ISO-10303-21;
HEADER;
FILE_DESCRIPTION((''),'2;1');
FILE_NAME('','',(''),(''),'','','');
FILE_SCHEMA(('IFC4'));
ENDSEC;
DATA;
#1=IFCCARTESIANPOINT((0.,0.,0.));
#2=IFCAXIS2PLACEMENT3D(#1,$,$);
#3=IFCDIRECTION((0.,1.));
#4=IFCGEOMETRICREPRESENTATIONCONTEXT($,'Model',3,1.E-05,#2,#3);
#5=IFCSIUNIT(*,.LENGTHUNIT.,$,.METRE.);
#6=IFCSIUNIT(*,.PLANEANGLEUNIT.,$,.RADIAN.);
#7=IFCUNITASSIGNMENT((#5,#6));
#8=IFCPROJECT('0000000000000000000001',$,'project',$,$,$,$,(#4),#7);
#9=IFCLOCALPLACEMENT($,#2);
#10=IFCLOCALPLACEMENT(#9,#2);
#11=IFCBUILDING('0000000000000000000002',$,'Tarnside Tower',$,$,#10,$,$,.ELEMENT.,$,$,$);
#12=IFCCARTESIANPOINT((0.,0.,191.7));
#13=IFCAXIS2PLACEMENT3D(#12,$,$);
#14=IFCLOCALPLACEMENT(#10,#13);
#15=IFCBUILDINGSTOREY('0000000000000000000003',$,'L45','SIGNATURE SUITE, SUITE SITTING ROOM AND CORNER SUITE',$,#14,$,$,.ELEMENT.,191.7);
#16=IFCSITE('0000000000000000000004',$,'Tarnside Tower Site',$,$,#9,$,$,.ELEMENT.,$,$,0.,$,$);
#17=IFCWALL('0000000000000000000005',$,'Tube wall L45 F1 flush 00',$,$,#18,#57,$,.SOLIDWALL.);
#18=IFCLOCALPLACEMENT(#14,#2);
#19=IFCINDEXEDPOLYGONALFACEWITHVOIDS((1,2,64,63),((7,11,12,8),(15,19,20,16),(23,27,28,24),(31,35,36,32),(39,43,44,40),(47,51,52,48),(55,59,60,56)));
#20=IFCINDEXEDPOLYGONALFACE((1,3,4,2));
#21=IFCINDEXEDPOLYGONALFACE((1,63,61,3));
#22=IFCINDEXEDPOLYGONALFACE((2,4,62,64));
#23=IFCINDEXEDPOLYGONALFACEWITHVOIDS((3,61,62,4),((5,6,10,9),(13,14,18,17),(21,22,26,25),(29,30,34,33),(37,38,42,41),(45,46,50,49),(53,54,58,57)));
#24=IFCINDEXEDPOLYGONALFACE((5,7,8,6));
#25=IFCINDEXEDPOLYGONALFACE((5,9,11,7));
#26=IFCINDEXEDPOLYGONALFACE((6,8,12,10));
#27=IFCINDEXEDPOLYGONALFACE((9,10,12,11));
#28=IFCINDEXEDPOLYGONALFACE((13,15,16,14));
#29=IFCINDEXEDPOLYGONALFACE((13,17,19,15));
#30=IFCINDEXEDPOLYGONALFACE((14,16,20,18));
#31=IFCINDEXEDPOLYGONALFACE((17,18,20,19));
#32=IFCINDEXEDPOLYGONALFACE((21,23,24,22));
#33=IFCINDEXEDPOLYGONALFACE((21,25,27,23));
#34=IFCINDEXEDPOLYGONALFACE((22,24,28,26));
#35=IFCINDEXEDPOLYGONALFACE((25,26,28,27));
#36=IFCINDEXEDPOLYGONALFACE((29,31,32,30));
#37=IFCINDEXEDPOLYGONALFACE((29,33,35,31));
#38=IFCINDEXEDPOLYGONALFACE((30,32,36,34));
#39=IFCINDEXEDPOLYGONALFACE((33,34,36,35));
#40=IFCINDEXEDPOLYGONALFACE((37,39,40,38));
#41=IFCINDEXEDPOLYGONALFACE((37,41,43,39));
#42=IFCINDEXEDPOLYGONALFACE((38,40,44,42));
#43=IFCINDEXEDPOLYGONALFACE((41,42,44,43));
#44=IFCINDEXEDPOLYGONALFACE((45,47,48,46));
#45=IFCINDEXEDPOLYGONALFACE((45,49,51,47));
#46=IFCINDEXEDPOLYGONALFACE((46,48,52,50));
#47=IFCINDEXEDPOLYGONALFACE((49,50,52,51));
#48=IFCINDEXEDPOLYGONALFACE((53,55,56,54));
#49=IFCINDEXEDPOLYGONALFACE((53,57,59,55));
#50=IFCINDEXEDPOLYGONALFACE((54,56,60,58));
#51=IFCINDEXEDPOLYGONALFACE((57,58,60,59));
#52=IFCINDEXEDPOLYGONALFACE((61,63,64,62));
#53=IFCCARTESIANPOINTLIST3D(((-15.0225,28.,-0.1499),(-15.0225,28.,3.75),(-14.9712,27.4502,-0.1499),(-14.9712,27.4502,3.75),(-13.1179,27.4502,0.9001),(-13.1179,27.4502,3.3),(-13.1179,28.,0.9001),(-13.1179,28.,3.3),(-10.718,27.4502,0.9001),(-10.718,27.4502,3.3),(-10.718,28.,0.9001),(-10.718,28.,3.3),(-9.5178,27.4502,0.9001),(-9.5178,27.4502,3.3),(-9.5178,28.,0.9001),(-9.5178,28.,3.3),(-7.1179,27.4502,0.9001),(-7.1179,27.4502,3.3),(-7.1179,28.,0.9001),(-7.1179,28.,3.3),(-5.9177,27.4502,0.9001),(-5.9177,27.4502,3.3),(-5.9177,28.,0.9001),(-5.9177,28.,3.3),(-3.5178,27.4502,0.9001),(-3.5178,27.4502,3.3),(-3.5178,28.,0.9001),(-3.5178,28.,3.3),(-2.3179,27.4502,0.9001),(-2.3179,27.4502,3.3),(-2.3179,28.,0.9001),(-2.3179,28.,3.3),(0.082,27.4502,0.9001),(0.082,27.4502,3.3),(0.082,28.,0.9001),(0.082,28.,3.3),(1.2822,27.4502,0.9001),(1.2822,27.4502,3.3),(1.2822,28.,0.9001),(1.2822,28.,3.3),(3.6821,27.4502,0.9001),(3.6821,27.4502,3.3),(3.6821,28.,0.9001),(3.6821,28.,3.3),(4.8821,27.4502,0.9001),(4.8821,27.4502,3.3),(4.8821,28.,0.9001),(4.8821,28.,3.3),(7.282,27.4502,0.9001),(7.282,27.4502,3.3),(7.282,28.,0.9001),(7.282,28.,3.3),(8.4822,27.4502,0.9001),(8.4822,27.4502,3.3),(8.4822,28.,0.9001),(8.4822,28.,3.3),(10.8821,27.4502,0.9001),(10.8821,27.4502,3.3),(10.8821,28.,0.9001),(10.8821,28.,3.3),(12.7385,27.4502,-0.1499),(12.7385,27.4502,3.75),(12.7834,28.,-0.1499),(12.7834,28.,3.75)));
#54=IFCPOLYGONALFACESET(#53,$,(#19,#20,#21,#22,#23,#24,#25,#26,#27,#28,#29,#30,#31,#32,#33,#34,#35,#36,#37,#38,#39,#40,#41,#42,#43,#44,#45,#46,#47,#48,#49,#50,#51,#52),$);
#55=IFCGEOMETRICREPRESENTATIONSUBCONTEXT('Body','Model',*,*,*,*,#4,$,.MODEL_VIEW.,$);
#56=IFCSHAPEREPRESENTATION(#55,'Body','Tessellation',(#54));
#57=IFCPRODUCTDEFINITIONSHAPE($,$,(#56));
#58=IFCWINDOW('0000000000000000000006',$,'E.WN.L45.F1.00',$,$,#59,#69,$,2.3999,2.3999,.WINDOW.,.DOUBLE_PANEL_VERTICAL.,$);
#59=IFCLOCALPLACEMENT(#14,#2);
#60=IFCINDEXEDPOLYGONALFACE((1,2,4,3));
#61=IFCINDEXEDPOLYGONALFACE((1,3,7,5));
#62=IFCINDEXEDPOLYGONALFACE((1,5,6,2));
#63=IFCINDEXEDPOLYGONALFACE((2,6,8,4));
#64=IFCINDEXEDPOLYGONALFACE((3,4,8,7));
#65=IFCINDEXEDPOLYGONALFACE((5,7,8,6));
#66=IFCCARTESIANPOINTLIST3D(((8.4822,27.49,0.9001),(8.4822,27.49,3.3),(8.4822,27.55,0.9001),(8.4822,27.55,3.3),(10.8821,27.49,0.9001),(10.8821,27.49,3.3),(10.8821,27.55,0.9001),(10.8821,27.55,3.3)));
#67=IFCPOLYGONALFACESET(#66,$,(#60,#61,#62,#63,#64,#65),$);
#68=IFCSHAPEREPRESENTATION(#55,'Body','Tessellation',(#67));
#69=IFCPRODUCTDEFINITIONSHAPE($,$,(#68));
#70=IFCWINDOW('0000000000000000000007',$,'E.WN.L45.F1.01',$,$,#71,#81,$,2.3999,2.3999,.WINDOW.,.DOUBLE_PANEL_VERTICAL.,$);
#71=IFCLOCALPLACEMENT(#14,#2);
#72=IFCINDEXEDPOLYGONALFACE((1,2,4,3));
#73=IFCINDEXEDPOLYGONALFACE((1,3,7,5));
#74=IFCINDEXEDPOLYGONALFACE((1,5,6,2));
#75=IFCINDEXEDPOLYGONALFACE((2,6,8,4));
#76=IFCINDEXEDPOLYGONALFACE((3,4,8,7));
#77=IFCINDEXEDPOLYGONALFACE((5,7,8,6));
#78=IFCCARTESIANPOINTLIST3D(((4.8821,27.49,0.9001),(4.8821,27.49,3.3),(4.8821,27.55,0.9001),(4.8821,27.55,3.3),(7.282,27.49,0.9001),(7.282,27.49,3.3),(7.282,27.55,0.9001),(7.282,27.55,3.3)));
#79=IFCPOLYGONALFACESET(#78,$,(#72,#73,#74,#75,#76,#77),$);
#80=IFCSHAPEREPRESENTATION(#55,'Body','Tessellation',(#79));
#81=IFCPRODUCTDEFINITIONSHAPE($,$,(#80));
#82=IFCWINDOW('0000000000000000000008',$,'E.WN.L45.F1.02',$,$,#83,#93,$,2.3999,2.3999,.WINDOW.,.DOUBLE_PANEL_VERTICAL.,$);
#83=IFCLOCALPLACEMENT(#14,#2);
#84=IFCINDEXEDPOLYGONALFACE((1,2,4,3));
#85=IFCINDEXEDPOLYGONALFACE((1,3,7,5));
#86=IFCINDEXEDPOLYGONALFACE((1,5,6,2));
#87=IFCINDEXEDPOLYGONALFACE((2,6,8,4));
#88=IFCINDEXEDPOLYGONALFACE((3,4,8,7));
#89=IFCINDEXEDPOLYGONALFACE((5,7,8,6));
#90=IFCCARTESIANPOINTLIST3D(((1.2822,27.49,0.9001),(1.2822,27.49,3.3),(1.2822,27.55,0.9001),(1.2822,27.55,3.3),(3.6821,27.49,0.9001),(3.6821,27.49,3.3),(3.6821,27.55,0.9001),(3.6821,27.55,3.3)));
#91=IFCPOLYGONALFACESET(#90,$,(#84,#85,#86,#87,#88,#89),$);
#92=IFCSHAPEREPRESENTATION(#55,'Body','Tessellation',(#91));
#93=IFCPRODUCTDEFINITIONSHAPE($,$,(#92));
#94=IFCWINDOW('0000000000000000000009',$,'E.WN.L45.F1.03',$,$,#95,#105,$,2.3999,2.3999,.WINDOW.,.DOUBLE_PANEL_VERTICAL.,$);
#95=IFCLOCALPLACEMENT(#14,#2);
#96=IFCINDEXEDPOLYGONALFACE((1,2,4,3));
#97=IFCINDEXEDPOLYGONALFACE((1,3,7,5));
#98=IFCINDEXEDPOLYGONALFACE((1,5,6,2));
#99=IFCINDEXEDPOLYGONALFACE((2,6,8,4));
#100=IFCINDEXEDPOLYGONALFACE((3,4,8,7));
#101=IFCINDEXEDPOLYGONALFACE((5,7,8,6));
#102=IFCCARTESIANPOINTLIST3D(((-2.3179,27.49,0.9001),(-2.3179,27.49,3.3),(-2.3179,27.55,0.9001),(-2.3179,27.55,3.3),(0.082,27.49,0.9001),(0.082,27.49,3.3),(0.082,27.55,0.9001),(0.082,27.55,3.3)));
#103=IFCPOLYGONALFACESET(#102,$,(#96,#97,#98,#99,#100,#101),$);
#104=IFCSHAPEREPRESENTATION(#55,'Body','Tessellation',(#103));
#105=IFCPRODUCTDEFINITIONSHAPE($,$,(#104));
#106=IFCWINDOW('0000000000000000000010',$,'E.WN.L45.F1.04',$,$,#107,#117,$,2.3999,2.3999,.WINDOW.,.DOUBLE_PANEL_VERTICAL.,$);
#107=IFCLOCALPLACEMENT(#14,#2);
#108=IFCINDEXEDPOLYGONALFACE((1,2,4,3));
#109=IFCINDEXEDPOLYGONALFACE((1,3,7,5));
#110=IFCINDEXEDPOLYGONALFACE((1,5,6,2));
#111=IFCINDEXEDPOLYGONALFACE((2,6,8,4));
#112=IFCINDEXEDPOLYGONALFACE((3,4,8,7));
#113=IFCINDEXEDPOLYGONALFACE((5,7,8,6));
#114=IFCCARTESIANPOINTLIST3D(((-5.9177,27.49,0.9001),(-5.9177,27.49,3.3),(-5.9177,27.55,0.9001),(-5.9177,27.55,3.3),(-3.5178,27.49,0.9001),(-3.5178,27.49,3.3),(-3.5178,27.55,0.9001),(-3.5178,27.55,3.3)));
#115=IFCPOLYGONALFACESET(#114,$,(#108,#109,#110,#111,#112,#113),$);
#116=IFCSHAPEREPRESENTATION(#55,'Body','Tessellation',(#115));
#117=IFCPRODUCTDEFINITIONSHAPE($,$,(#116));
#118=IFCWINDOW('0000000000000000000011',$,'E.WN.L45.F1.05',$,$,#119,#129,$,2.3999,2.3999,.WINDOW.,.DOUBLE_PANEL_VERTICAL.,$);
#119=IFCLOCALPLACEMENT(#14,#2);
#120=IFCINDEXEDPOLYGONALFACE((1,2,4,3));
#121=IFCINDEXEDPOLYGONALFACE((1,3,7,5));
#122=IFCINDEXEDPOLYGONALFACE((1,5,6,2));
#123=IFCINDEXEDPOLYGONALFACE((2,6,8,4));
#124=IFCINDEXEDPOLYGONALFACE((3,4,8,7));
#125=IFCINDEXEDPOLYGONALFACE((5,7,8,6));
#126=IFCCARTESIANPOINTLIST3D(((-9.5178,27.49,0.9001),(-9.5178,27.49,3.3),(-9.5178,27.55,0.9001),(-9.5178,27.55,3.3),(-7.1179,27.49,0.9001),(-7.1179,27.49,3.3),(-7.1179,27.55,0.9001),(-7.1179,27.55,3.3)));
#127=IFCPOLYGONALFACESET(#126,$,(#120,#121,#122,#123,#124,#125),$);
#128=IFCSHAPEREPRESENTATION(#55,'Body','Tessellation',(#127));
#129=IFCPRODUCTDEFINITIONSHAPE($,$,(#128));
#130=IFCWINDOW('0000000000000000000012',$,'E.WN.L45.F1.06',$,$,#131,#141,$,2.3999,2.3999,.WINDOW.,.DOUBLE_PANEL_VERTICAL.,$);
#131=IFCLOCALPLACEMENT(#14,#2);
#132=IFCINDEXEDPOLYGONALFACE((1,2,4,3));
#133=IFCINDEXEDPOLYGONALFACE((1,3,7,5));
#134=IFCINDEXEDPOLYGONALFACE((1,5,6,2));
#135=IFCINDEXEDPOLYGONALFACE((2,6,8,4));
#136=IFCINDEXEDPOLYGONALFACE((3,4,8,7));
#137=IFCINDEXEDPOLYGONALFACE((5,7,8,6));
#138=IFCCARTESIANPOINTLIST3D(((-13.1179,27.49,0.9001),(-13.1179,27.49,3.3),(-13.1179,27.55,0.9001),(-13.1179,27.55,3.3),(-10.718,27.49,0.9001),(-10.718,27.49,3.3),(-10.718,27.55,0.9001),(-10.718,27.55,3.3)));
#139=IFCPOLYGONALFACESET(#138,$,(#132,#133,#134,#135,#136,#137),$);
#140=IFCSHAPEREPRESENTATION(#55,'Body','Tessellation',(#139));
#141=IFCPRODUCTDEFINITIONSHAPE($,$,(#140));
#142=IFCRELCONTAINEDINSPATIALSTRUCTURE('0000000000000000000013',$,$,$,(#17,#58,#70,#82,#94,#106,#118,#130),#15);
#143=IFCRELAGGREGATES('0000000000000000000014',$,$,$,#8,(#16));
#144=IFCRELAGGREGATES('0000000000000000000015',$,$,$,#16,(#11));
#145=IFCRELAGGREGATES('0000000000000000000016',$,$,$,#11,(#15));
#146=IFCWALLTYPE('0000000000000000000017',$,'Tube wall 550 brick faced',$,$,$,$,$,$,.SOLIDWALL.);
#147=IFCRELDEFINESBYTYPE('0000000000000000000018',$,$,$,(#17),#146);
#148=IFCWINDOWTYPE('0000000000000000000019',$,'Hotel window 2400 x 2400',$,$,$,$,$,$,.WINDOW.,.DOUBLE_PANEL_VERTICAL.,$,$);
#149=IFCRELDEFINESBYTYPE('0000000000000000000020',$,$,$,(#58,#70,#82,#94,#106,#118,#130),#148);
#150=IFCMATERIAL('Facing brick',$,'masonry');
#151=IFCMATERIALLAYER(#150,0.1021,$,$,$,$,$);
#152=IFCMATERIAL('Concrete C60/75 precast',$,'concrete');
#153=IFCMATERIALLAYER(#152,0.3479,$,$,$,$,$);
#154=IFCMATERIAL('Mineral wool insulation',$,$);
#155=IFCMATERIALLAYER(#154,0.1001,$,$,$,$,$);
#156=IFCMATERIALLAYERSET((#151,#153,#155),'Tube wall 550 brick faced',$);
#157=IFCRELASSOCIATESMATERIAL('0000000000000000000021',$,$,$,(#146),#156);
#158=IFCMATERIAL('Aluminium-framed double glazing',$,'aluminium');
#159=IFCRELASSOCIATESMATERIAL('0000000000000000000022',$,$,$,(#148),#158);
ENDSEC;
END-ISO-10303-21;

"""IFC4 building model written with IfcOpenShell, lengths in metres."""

from ifc_helpers import new_model, si_unit, direction, frame, frame_2d, origin, place, context, subcontext, project, spatial, polyline, rectangle, outline, extrude, material, layer, layer_set, type_object, element, fill, save


model = new_model("IFC4")

# Units and contexts
model_context = context("Model", 3, precision=1e-05, world=origin(), true_north=direction((0.0, 1.0)))
body_context = subcontext(model_context, "Body", "Model", "MODEL_VIEW")
ifc_project = project(units=[si_unit("LENGTHUNIT", "METRE"), si_unit("PLANEANGLEUNIT", "RADIAN")], contexts=[model_context])

# Site, building, storey
site_placement = place(None, origin())
site = spatial("IfcSite", under=ifc_project, at=site_placement, Name="Tarnside Tower Site", CompositionType="ELEMENT", RefElevation=0.0)
building_placement = place(site_placement, origin())
building = spatial("IfcBuilding", under=site, at=building_placement, Name="Tarnside Tower", CompositionType="ELEMENT")
storey_placement = place(building_placement, frame((0.0, 0.0, 191.7)))
storey = spatial("IfcBuildingStorey", under=building, at=storey_placement, Name="L45", Description="SIGNATURE SUITE, SUITE SITTING ROOM AND CORNER SUITE", CompositionType="ELEMENT", Elevation=191.7)

# Wall, openings, windows
ifc_material_1 = material(Name="Facing brick", Category="masonry")
ifc_layer_1 = layer(ifc_material_1, 0.1021)
ifc_material_2 = material(Name="Concrete C60/75 precast", Category="concrete")
ifc_layer_2 = layer(ifc_material_2, 0.3479)
ifc_material_3 = material(Name="Mineral wool insulation")
ifc_layer_3 = layer(ifc_material_3, 0.1001)
ifc_layer_set_1 = layer_set([ifc_layer_1, ifc_layer_2, ifc_layer_3], Name="Tube wall 550 brick faced")
wall_type_1 = type_object("IfcWallType", Name="Tube wall 550 brick faced", PredefinedType="SOLIDWALL", material=ifc_layer_set_1)
wall_1_placement = place(storey_placement, frame((12.761, 27.7251, -0.1499), z_axis=(0.0, 0.0, 1.0), x_axis=(-1.0, 0.0, 0.0)))
wall_1 = element("IfcWall", 1, at=wall_1_placement, inside=storey, type_object=wall_type_1, Name="Tube wall L45 F1 flush 00", PredefinedType="SOLIDWALL", context=body_context, shape_type="SweptSolid", body=[
    extrude(outline(polyline([(-0.0225, -0.2749), (27.7834, -0.2749), (27.7322, 0.2749), (0.0225, 0.2749), (-0.0225, -0.2749)])), origin(), (0.0, 0.0, 1.0), 3.8999),
])
opening_1_placement = place(wall_1_placement, frame((1.8789, 0.0, 1.05)))
opening_1 = element("IfcOpeningElement", 2, at=opening_1_placement, cuts=wall_1, PredefinedType="OPENING", context=body_context, shape_type="SweptSolid", body=[
    extrude(rectangle(XDim=2.3999, YDim=2.3999, at=frame_2d((1.2, 1.2))), frame((0.0, 0.2852, 0.0), z_axis=(0.0, -1.0, 0.0), x_axis=(1.0, 0.0, 0.0)), (0.0, 0.0, 1.0), 0.5701),
])
opening_2_placement = place(wall_1_placement, frame((5.479, 0.0, 1.05)))
opening_2 = element("IfcOpeningElement", 3, at=opening_2_placement, cuts=wall_1, PredefinedType="OPENING", context=body_context, shape_type="SweptSolid", body=[
    extrude(rectangle(XDim=2.3999, YDim=2.3999, at=frame_2d((1.2, 1.2))), frame((0.0, 0.2852, 0.0), z_axis=(0.0, -1.0, 0.0), x_axis=(1.0, 0.0, 0.0)), (0.0, 0.0, 1.0), 0.5701),
])
opening_3_placement = place(wall_1_placement, frame((9.0789, 0.0, 1.05)))
opening_3 = element("IfcOpeningElement", 4, at=opening_3_placement, cuts=wall_1, PredefinedType="OPENING", context=body_context, shape_type="SweptSolid", body=[
    extrude(rectangle(XDim=2.3999, YDim=2.3999, at=frame_2d((1.2, 1.2))), frame((0.0, 0.2852, 0.0), z_axis=(0.0, -1.0, 0.0), x_axis=(1.0, 0.0, 0.0)), (0.0, 0.0, 1.0), 0.5701),
])
opening_4_placement = place(wall_1_placement, frame((12.679, 0.0, 1.05)))
opening_4 = element("IfcOpeningElement", 5, at=opening_4_placement, cuts=wall_1, PredefinedType="OPENING", context=body_context, shape_type="SweptSolid", body=[
    extrude(rectangle(XDim=2.3999, YDim=2.3999, at=frame_2d((1.2, 1.2))), frame((0.0, 0.2852, 0.0), z_axis=(0.0, -1.0, 0.0), x_axis=(1.0, 0.0, 0.0)), (0.0, 0.0, 1.0), 0.5701),
])
opening_5_placement = place(wall_1_placement, frame((16.2788, 0.0, 1.05)))
opening_5 = element("IfcOpeningElement", 6, at=opening_5_placement, cuts=wall_1, PredefinedType="OPENING", context=body_context, shape_type="SweptSolid", body=[
    extrude(rectangle(XDim=2.3999, YDim=2.3999, at=frame_2d((1.2, 1.2))), frame((0.0, 0.2852, 0.0), z_axis=(0.0, -1.0, 0.0), x_axis=(1.0, 0.0, 0.0)), (0.0, 0.0, 1.0), 0.5701),
])
opening_6_placement = place(wall_1_placement, frame((19.8789, 0.0, 1.05)))
opening_6 = element("IfcOpeningElement", 7, at=opening_6_placement, cuts=wall_1, PredefinedType="OPENING", context=body_context, shape_type="SweptSolid", body=[
    extrude(rectangle(XDim=2.3999, YDim=2.3999, at=frame_2d((1.2, 1.2))), frame((0.0, 0.2852, 0.0), z_axis=(0.0, -1.0, 0.0), x_axis=(1.0, 0.0, 0.0)), (0.0, 0.0, 1.0), 0.5701),
])
opening_7_placement = place(wall_1_placement, frame((23.479, 0.0, 1.05)))
opening_7 = element("IfcOpeningElement", 8, at=opening_7_placement, cuts=wall_1, PredefinedType="OPENING", context=body_context, shape_type="SweptSolid", body=[
    extrude(rectangle(XDim=2.3999, YDim=2.3999, at=frame_2d((1.2, 1.2))), frame((0.0, 0.2852, 0.0), z_axis=(0.0, -1.0, 0.0), x_axis=(1.0, 0.0, 0.0)), (0.0, 0.0, 1.0), 0.5701),
])
ifc_material_4 = material(Name="Aluminium-framed double glazing", Category="aluminium")
window_type = type_object("IfcWindowType", Name="Hotel window 2400 x 2400", PartitioningType="DOUBLE_PANEL_VERTICAL", PredefinedType="WINDOW", material=ifc_material_4)
window_1_placement = place(opening_1_placement, frame((0.0, 0.2051, 0.0)))
window_1 = element("IfcWindow", 9, at=window_1_placement, inside=storey, type_object=window_type, Name="E.WN.L45.F1.00", OverallHeight=2.3999, OverallWidth=2.3999, PartitioningType="DOUBLE_PANEL_VERTICAL", PredefinedType="WINDOW", context=body_context, shape_type="SweptSolid", body=[
    extrude(rectangle(XDim=2.3999, YDim=2.3999, at=frame_2d((1.2, 1.2))), frame((0.0, 0.03, 0.0), z_axis=(0.0, -1.0, 0.0), x_axis=(1.0, 0.0, 0.0)), (0.0, 0.0, 1.0), 0.0601),
])
fill(opening_1, window_1)
window_2_placement = place(opening_2_placement, frame((0.0, 0.2051, 0.0)))
window_2 = element("IfcWindow", 10, at=window_2_placement, inside=storey, type_object=window_type, Name="E.WN.L45.F1.01", OverallHeight=2.3999, OverallWidth=2.3999, PartitioningType="DOUBLE_PANEL_VERTICAL", PredefinedType="WINDOW", context=body_context, shape_type="SweptSolid", body=[
    extrude(rectangle(XDim=2.3999, YDim=2.3999, at=frame_2d((1.2, 1.2))), frame((0.0, 0.03, 0.0), z_axis=(0.0, -1.0, 0.0), x_axis=(1.0, 0.0, 0.0)), (0.0, 0.0, 1.0), 0.0601),
])
fill(opening_2, window_2)
window_3_placement = place(opening_3_placement, frame((0.0, 0.2051, 0.0)))
window_3 = element("IfcWindow", 11, at=window_3_placement, inside=storey, type_object=window_type, Name="E.WN.L45.F1.02", OverallHeight=2.3999, OverallWidth=2.3999, PartitioningType="DOUBLE_PANEL_VERTICAL", PredefinedType="WINDOW", context=body_context, shape_type="SweptSolid", body=[
    extrude(rectangle(XDim=2.3999, YDim=2.3999, at=frame_2d((1.2, 1.2))), frame((0.0, 0.03, 0.0), z_axis=(0.0, -1.0, 0.0), x_axis=(1.0, 0.0, 0.0)), (0.0, 0.0, 1.0), 0.0601),
])
fill(opening_3, window_3)
window_4_placement = place(opening_4_placement, frame((0.0, 0.2051, 0.0)))
window_4 = element("IfcWindow", 12, at=window_4_placement, inside=storey, type_object=window_type, Name="E.WN.L45.F1.03", OverallHeight=2.3999, OverallWidth=2.3999, PartitioningType="DOUBLE_PANEL_VERTICAL", PredefinedType="WINDOW", context=body_context, shape_type="SweptSolid", body=[
    extrude(rectangle(XDim=2.3999, YDim=2.3999, at=frame_2d((1.2, 1.2))), frame((0.0, 0.03, 0.0), z_axis=(0.0, -1.0, 0.0), x_axis=(1.0, 0.0, 0.0)), (0.0, 0.0, 1.0), 0.0601),
])
fill(opening_4, window_4)
window_5_placement = place(opening_5_placement, frame((0.0, 0.2051, 0.0)))
window_5 = element("IfcWindow", 13, at=window_5_placement, inside=storey, type_object=window_type, Name="E.WN.L45.F1.04", OverallHeight=2.3999, OverallWidth=2.3999, PartitioningType="DOUBLE_PANEL_VERTICAL", PredefinedType="WINDOW", context=body_context, shape_type="SweptSolid", body=[
    extrude(rectangle(XDim=2.3999, YDim=2.3999, at=frame_2d((1.2, 1.2))), frame((0.0, 0.03, 0.0), z_axis=(0.0, -1.0, 0.0), x_axis=(1.0, 0.0, 0.0)), (0.0, 0.0, 1.0), 0.0601),
])
fill(opening_5, window_5)
window_6_placement = place(opening_6_placement, frame((0.0, 0.2051, 0.0)))
window_6 = element("IfcWindow", 14, at=window_6_placement, inside=storey, type_object=window_type, Name="E.WN.L45.F1.05", OverallHeight=2.3999, OverallWidth=2.3999, PartitioningType="DOUBLE_PANEL_VERTICAL", PredefinedType="WINDOW", context=body_context, shape_type="SweptSolid", body=[
    extrude(rectangle(XDim=2.3999, YDim=2.3999, at=frame_2d((1.2, 1.2))), frame((0.0, 0.03, 0.0), z_axis=(0.0, -1.0, 0.0), x_axis=(1.0, 0.0, 0.0)), (0.0, 0.0, 1.0), 0.0601),
])
fill(opening_6, window_6)
window_7_placement = place(opening_7_placement, frame((0.0, 0.2051, 0.0)))
window_7 = element("IfcWindow", 15, at=window_7_placement, inside=storey, type_object=window_type, Name="E.WN.L45.F1.06", OverallHeight=2.3999, OverallWidth=2.3999, PartitioningType="DOUBLE_PANEL_VERTICAL", PredefinedType="WINDOW", context=body_context, shape_type="SweptSolid", body=[
    extrude(rectangle(XDim=2.3999, YDim=2.3999, at=frame_2d((1.2, 1.2))), frame((0.0, 0.03, 0.0), z_axis=(0.0, -1.0, 0.0), x_axis=(1.0, 0.0, 0.0)), (0.0, 0.0, 1.0), 0.0601),
])
fill(opening_7, window_7)

save(model, "model.ifc")
